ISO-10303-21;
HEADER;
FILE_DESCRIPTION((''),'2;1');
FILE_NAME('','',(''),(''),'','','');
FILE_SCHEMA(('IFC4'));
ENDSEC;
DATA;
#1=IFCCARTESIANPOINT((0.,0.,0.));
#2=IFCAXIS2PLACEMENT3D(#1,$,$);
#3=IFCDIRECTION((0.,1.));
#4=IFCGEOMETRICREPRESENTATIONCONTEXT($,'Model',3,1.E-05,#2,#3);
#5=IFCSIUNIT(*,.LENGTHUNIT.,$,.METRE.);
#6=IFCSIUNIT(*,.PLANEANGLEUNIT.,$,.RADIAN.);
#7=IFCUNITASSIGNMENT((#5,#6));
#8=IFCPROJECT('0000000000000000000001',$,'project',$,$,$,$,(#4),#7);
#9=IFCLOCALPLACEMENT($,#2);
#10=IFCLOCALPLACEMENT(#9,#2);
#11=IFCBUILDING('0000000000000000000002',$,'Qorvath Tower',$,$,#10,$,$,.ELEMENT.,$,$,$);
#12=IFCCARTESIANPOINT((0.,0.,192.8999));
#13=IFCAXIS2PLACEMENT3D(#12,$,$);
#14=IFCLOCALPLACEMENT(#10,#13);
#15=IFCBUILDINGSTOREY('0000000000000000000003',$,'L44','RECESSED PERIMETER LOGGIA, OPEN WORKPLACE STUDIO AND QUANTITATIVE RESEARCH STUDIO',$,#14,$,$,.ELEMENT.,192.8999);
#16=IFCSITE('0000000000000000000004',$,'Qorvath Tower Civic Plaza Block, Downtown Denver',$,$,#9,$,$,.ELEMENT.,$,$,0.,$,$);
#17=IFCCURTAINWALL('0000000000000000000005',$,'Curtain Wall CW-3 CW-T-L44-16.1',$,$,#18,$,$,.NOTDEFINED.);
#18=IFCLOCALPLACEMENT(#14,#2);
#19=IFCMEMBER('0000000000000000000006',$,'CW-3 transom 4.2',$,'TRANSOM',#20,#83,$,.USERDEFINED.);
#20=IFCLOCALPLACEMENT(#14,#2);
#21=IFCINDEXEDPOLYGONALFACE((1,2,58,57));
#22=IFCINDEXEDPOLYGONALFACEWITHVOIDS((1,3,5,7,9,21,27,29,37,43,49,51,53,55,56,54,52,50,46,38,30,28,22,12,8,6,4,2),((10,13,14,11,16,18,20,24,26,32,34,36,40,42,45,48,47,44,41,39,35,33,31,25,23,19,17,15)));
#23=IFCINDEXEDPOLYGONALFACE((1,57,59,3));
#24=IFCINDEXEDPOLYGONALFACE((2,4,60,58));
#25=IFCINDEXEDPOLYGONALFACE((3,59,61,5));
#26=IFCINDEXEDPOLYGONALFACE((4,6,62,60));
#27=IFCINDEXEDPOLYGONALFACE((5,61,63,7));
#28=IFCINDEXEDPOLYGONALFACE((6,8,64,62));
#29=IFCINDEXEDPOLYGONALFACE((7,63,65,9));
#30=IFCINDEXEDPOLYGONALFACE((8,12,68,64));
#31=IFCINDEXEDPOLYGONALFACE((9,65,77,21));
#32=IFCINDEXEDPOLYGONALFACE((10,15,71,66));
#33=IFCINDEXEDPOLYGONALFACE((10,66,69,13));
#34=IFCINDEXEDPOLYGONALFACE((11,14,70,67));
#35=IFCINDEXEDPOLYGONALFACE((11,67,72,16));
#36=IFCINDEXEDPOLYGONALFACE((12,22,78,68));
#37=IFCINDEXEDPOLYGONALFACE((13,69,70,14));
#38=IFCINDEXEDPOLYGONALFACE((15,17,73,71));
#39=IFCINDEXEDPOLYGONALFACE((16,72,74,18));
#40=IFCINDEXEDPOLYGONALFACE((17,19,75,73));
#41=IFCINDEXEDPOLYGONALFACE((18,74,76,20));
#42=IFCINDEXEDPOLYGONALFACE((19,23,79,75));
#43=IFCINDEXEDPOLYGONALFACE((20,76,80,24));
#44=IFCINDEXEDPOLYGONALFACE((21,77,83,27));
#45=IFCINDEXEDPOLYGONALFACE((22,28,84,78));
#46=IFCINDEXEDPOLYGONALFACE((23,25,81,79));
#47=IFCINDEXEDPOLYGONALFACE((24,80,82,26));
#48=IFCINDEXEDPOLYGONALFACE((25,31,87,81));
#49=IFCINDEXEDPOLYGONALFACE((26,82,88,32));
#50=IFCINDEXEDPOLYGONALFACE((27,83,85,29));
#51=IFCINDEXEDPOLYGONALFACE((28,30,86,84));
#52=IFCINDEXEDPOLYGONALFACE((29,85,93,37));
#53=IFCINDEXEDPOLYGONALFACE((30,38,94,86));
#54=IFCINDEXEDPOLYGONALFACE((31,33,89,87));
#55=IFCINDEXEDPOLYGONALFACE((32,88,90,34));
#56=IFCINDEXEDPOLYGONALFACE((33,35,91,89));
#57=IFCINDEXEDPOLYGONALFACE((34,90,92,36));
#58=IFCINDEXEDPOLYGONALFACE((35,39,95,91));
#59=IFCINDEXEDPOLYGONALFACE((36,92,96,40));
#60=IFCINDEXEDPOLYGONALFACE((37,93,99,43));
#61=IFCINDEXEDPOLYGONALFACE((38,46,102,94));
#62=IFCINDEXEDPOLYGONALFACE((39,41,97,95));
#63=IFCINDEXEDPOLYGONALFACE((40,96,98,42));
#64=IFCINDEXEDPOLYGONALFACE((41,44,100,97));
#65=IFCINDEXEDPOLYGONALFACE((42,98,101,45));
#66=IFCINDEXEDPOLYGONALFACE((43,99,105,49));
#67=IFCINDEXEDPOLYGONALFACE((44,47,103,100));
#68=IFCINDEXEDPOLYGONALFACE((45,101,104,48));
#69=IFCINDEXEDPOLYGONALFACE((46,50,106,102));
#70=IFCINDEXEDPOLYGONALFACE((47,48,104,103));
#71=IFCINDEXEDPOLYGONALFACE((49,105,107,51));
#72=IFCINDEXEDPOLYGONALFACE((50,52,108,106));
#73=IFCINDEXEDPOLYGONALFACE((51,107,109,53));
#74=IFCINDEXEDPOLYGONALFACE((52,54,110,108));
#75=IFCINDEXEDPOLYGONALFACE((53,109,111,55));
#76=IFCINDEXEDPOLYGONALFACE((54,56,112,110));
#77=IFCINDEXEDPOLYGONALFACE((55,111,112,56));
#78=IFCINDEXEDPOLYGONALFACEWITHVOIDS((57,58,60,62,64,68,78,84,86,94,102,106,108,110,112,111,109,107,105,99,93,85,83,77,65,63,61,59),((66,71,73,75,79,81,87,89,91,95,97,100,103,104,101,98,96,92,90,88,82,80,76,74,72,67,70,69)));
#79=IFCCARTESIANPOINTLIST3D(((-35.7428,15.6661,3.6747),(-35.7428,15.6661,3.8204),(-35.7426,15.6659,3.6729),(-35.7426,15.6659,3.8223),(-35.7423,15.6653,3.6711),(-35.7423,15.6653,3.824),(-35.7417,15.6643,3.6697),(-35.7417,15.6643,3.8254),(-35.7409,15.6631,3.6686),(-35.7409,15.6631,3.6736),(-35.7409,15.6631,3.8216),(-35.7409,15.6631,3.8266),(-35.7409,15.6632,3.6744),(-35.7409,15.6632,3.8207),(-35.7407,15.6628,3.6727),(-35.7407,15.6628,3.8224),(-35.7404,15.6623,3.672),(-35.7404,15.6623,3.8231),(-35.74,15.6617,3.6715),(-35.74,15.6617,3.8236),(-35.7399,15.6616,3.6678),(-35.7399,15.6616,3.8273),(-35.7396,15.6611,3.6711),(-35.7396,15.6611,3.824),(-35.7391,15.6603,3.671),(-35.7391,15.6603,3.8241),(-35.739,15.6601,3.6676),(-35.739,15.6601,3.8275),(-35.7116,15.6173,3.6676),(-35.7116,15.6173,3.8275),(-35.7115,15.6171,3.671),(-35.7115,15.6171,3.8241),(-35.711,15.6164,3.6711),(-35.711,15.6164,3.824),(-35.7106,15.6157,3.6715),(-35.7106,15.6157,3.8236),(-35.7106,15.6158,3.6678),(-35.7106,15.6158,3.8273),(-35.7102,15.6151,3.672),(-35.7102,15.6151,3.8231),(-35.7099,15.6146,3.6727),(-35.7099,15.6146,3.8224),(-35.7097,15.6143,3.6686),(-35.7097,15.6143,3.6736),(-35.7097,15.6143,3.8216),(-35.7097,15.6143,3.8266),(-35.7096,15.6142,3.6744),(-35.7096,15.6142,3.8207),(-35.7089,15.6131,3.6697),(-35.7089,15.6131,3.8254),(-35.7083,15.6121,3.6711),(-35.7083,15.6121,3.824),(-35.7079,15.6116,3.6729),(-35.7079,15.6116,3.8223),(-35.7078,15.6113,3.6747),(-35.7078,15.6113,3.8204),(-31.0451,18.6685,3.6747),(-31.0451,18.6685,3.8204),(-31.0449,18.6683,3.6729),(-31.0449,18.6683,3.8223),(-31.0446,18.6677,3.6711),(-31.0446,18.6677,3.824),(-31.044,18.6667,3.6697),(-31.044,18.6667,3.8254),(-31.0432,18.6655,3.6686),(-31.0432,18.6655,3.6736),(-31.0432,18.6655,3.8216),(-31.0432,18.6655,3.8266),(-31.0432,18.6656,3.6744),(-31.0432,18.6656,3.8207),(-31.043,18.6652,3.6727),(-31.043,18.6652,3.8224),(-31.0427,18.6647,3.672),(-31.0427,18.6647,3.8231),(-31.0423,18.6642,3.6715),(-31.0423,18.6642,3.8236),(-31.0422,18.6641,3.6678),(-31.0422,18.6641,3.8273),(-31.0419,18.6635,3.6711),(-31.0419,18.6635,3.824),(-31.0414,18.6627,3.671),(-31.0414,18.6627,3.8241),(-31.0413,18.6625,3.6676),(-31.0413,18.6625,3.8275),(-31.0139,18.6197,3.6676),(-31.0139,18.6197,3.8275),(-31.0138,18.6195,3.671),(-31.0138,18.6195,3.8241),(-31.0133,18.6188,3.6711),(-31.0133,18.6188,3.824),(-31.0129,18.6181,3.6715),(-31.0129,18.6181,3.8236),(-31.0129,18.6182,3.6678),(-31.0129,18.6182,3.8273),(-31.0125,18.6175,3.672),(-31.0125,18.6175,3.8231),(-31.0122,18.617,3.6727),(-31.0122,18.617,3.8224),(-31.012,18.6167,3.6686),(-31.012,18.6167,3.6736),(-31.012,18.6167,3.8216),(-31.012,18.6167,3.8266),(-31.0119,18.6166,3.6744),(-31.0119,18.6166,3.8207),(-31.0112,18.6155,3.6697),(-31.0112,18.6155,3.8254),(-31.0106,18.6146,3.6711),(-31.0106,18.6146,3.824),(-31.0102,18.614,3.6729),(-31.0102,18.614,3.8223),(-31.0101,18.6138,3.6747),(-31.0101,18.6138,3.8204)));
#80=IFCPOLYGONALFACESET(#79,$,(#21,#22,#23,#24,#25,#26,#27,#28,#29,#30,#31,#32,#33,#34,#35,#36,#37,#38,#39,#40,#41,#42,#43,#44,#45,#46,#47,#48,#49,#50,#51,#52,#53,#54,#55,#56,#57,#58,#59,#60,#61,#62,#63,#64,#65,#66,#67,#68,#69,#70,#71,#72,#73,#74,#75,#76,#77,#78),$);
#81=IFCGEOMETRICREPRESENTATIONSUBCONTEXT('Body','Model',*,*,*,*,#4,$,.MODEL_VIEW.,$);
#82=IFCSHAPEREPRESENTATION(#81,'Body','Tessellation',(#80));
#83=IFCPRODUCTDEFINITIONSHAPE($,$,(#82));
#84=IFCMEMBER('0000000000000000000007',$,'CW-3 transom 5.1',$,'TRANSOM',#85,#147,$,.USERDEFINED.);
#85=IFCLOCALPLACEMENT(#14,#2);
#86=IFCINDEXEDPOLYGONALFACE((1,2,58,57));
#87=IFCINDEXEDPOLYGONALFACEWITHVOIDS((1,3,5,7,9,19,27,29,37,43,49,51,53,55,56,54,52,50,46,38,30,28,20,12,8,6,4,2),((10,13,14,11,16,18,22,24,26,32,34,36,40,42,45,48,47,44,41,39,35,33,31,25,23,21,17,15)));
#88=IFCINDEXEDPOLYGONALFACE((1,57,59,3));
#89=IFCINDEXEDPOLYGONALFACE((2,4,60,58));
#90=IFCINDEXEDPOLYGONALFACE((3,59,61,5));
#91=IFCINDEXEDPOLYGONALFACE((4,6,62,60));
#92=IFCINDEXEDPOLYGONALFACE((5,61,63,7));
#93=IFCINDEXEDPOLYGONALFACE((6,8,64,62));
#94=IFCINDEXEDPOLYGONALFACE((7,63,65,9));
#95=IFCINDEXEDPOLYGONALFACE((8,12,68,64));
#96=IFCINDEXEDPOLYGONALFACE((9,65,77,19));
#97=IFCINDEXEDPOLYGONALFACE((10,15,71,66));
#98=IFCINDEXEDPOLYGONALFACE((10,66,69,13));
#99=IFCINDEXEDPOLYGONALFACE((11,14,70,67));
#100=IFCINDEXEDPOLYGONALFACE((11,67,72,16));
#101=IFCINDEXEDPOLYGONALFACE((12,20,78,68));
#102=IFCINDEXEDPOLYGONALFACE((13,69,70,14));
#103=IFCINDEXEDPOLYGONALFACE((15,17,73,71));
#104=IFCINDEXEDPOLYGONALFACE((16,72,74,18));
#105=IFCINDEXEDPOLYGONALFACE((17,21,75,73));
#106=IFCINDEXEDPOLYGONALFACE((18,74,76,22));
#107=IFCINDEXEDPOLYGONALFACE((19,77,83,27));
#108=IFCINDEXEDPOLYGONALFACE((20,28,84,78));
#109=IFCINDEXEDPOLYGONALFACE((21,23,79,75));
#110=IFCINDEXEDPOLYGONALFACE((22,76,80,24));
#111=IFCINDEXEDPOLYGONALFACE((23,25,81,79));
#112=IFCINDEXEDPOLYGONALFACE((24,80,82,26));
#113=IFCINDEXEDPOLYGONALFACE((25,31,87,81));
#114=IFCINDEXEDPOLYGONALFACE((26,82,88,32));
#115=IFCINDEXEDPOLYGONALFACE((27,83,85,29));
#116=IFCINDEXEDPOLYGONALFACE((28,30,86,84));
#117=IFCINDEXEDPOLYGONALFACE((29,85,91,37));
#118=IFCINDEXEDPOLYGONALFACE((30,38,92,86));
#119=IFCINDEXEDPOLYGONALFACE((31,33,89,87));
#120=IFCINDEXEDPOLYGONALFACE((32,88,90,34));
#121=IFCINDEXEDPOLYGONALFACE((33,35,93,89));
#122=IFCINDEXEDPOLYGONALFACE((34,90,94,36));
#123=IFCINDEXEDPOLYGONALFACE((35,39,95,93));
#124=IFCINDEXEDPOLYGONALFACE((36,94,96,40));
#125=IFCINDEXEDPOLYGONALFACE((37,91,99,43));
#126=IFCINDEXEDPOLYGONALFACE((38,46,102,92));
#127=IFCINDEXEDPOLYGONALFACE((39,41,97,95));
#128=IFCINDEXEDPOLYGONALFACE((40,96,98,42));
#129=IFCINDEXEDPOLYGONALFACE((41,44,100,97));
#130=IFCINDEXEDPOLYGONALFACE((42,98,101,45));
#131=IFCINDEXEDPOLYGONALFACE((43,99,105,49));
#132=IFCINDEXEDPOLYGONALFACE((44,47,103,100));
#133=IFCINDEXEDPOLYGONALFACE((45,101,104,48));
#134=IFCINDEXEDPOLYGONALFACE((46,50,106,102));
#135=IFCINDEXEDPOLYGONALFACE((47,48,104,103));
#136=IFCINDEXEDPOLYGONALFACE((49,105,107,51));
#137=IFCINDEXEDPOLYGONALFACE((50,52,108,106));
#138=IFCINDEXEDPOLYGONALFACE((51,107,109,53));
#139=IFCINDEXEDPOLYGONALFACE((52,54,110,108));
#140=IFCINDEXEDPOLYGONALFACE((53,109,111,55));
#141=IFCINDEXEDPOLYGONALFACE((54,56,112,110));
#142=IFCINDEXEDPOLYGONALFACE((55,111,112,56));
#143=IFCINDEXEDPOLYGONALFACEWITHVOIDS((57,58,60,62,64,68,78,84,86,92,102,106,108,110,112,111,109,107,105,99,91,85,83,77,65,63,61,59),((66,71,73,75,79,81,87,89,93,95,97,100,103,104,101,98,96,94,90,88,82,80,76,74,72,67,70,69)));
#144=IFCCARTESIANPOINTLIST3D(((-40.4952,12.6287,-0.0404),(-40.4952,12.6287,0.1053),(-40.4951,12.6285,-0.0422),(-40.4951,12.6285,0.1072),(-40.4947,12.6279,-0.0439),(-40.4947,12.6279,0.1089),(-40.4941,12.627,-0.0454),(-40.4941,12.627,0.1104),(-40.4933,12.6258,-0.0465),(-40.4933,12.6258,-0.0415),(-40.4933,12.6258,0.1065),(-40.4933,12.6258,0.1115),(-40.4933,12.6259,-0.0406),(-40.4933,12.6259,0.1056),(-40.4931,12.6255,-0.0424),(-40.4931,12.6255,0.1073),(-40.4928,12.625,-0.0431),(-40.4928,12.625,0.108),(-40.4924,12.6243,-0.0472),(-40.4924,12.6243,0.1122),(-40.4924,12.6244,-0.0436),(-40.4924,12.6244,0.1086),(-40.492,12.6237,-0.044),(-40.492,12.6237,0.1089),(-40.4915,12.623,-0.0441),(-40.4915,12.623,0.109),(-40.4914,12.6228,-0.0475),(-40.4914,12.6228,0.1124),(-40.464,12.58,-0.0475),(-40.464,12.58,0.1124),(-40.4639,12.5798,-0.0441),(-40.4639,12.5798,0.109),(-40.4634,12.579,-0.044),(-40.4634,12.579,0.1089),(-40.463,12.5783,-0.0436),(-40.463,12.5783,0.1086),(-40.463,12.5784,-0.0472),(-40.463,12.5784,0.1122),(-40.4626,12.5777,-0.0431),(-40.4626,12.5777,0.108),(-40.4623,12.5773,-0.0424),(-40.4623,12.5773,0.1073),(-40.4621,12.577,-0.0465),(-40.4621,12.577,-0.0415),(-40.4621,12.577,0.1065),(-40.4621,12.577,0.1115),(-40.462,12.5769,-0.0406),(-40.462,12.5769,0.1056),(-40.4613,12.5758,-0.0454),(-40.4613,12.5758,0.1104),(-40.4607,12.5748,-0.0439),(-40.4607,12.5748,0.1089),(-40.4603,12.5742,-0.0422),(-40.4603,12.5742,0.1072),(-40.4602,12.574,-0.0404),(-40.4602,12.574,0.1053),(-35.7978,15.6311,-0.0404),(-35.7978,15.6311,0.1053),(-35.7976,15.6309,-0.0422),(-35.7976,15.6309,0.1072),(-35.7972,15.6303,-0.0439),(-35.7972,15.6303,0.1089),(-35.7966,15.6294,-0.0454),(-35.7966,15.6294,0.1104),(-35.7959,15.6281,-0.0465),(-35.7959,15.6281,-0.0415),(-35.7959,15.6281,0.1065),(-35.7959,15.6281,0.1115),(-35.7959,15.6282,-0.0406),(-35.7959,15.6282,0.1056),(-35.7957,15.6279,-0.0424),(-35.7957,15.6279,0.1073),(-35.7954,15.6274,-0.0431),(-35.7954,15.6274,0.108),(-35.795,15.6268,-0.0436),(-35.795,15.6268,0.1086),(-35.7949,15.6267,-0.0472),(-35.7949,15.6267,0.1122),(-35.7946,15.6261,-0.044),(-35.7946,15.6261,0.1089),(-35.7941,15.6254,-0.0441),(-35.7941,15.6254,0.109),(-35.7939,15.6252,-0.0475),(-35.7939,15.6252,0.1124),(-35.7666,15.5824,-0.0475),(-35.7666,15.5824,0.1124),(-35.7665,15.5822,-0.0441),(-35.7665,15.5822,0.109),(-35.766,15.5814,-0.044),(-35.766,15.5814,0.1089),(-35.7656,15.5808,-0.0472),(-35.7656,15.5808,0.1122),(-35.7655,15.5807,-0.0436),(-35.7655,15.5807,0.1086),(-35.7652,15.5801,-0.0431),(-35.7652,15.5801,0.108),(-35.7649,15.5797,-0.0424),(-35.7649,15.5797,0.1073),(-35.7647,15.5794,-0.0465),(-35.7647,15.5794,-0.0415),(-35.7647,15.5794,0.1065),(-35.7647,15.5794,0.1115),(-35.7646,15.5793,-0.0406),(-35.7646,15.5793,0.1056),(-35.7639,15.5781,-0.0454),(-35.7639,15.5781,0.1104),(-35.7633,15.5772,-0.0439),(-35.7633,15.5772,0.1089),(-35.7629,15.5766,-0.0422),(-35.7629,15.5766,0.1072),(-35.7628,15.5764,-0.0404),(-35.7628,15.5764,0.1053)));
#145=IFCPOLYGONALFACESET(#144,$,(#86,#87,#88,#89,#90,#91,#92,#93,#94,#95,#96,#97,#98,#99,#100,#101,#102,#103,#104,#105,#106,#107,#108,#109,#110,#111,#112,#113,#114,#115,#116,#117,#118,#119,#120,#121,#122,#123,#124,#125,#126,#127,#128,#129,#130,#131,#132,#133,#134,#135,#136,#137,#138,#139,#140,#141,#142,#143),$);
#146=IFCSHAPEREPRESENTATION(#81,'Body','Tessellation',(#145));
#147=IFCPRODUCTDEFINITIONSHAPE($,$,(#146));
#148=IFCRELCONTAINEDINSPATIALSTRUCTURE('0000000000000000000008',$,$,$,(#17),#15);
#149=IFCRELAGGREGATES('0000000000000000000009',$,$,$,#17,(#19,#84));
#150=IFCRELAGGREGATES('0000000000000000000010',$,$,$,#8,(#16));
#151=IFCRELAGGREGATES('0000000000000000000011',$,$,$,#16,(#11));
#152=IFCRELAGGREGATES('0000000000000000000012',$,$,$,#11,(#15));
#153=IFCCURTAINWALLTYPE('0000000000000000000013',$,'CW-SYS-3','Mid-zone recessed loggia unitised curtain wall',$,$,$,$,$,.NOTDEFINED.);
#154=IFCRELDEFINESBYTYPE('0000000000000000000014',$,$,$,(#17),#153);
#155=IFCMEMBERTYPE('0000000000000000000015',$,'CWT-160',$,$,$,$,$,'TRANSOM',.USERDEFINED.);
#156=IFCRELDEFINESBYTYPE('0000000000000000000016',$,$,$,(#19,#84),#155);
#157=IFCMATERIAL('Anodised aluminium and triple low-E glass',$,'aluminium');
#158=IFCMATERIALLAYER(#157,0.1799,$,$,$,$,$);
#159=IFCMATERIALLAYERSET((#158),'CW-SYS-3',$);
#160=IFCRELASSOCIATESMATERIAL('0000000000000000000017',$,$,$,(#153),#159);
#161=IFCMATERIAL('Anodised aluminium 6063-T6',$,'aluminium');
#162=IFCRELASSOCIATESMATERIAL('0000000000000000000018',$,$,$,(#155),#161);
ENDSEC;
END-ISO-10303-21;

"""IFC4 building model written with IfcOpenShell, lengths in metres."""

from ifc_helpers import new_model, si_unit, direction, frame, origin, origin_2d, place, context, subcontext, project, spatial, hollow_rectangle, extrude, material, layer, layer_set, material_profile, profile_set, type_object, element, aggregate, save


model = new_model("IFC4")

# Units and contexts
model_context = context("Model", 3, precision=1e-05, world=origin(), true_north=direction((0.0, 1.0)))
body_context = subcontext(model_context, "Body", "Model", "MODEL_VIEW")
ifc_project = project(units=[si_unit("LENGTHUNIT", "METRE"), si_unit("PLANEANGLEUNIT", "RADIAN")], contexts=[model_context])

# Site, building, storey
site_placement = place(None, origin())
site = spatial("IfcSite", under=ifc_project, at=site_placement, Name="Qorvath Tower Civic Plaza Block, Downtown Denver", CompositionType="ELEMENT", RefElevation=0.0)
building_placement = place(site_placement, origin())
building = spatial("IfcBuilding", under=site, at=building_placement, Name="Qorvath Tower", CompositionType="ELEMENT")
storey_placement = place(building_placement, frame((0.0, 0.0, 192.8999)))
storey = spatial("IfcBuildingStorey", under=building, at=storey_placement, Name="L44", Description="RECESSED PERIMETER LOGGIA, OPEN WORKPLACE STUDIO AND QUANTITATIVE RESEARCH STUDIO", CompositionType="ELEMENT", Elevation=192.8999)

# Curtain wall, members
ifc_material_1 = material(Name="Anodised aluminium and triple low-E glass", Category="aluminium")
ifc_layer_1 = layer(ifc_material_1, 0.1799)
ifc_layer_set_1 = layer_set([ifc_layer_1], Name="CW-SYS-3")
curtain_wall_type = type_object("IfcCurtainWallType", Name="CW-SYS-3", Description="Mid-zone recessed loggia unitised curtain wall", PredefinedType="NOTDEFINED", material=ifc_layer_set_1)
curtain_wall_placement = place(storey_placement, origin())
curtain_wall = element("IfcCurtainWall", 1, at=curtain_wall_placement, inside=storey, type_object=curtain_wall_type, Name="Curtain Wall CW-3 CW-T-L44-16.1", PredefinedType="NOTDEFINED")
ifc_material_2 = material(Name="Anodised aluminium 6063-T6", Category="aluminium")
ifc_material_profile_1 = material_profile(ifc_material_2, hollow_rectangle(XDim=0.0649, YDim=0.1599, WallThickness=0.0034, InnerFilletRadius=0.0034, OuterFilletRadius=0.0071, at=origin_2d()), Name="CWT 160x65")
ifc_profile_set_1 = profile_set([ifc_material_profile_1], Name="Anodised aluminium 6063-T6")
member_type_1 = type_object("IfcMemberType", Name="CWT-160", ElementType="TRANSOM", PredefinedType="USERDEFINED", material=ifc_profile_set_1)
member_1_placement = place(storey_placement, frame((-31.0276, 18.6411, 3.7476), z_axis=(-0.842607, -0.538529, 0.0), x_axis=(0.538529, -0.842607, 0.0)))
member_1 = element("IfcMember", 2, at=member_1_placement, type_object=member_type_1, Name="CW-3 transom 4.2", ObjectType="TRANSOM", PredefinedType="USERDEFINED", context=body_context, shape_type="SweptSolid", body=[
    extrude(hollow_rectangle(XDim=0.0649, YDim=0.1599, WallThickness=0.0034, InnerFilletRadius=0.0034, OuterFilletRadius=0.0071, at=origin_2d()), origin(), (0.0, 0.0, 1.0), 5.5752),
])
member_2_placement = place(storey_placement, frame((-35.7803, 15.6038, 0.0325), z_axis=(-0.842594, -0.538549, 0.0), x_axis=(0.538549, -0.842594, 0.0)))
member_2 = element("IfcMember", 3, at=member_2_placement, type_object=member_type_1, Name="CW-3 transom 5.1", ObjectType="TRANSOM", PredefinedType="USERDEFINED", context=body_context, shape_type="SweptSolid", body=[
    extrude(hollow_rectangle(XDim=0.0649, YDim=0.1599, WallThickness=0.0034, InnerFilletRadius=0.0034, OuterFilletRadius=0.0071, at=origin_2d()), origin(), (0.0, 0.0, 1.0), 5.575),
])
aggregate(curtain_wall, [member_1, member_2])

save(model, "model.ifc")
